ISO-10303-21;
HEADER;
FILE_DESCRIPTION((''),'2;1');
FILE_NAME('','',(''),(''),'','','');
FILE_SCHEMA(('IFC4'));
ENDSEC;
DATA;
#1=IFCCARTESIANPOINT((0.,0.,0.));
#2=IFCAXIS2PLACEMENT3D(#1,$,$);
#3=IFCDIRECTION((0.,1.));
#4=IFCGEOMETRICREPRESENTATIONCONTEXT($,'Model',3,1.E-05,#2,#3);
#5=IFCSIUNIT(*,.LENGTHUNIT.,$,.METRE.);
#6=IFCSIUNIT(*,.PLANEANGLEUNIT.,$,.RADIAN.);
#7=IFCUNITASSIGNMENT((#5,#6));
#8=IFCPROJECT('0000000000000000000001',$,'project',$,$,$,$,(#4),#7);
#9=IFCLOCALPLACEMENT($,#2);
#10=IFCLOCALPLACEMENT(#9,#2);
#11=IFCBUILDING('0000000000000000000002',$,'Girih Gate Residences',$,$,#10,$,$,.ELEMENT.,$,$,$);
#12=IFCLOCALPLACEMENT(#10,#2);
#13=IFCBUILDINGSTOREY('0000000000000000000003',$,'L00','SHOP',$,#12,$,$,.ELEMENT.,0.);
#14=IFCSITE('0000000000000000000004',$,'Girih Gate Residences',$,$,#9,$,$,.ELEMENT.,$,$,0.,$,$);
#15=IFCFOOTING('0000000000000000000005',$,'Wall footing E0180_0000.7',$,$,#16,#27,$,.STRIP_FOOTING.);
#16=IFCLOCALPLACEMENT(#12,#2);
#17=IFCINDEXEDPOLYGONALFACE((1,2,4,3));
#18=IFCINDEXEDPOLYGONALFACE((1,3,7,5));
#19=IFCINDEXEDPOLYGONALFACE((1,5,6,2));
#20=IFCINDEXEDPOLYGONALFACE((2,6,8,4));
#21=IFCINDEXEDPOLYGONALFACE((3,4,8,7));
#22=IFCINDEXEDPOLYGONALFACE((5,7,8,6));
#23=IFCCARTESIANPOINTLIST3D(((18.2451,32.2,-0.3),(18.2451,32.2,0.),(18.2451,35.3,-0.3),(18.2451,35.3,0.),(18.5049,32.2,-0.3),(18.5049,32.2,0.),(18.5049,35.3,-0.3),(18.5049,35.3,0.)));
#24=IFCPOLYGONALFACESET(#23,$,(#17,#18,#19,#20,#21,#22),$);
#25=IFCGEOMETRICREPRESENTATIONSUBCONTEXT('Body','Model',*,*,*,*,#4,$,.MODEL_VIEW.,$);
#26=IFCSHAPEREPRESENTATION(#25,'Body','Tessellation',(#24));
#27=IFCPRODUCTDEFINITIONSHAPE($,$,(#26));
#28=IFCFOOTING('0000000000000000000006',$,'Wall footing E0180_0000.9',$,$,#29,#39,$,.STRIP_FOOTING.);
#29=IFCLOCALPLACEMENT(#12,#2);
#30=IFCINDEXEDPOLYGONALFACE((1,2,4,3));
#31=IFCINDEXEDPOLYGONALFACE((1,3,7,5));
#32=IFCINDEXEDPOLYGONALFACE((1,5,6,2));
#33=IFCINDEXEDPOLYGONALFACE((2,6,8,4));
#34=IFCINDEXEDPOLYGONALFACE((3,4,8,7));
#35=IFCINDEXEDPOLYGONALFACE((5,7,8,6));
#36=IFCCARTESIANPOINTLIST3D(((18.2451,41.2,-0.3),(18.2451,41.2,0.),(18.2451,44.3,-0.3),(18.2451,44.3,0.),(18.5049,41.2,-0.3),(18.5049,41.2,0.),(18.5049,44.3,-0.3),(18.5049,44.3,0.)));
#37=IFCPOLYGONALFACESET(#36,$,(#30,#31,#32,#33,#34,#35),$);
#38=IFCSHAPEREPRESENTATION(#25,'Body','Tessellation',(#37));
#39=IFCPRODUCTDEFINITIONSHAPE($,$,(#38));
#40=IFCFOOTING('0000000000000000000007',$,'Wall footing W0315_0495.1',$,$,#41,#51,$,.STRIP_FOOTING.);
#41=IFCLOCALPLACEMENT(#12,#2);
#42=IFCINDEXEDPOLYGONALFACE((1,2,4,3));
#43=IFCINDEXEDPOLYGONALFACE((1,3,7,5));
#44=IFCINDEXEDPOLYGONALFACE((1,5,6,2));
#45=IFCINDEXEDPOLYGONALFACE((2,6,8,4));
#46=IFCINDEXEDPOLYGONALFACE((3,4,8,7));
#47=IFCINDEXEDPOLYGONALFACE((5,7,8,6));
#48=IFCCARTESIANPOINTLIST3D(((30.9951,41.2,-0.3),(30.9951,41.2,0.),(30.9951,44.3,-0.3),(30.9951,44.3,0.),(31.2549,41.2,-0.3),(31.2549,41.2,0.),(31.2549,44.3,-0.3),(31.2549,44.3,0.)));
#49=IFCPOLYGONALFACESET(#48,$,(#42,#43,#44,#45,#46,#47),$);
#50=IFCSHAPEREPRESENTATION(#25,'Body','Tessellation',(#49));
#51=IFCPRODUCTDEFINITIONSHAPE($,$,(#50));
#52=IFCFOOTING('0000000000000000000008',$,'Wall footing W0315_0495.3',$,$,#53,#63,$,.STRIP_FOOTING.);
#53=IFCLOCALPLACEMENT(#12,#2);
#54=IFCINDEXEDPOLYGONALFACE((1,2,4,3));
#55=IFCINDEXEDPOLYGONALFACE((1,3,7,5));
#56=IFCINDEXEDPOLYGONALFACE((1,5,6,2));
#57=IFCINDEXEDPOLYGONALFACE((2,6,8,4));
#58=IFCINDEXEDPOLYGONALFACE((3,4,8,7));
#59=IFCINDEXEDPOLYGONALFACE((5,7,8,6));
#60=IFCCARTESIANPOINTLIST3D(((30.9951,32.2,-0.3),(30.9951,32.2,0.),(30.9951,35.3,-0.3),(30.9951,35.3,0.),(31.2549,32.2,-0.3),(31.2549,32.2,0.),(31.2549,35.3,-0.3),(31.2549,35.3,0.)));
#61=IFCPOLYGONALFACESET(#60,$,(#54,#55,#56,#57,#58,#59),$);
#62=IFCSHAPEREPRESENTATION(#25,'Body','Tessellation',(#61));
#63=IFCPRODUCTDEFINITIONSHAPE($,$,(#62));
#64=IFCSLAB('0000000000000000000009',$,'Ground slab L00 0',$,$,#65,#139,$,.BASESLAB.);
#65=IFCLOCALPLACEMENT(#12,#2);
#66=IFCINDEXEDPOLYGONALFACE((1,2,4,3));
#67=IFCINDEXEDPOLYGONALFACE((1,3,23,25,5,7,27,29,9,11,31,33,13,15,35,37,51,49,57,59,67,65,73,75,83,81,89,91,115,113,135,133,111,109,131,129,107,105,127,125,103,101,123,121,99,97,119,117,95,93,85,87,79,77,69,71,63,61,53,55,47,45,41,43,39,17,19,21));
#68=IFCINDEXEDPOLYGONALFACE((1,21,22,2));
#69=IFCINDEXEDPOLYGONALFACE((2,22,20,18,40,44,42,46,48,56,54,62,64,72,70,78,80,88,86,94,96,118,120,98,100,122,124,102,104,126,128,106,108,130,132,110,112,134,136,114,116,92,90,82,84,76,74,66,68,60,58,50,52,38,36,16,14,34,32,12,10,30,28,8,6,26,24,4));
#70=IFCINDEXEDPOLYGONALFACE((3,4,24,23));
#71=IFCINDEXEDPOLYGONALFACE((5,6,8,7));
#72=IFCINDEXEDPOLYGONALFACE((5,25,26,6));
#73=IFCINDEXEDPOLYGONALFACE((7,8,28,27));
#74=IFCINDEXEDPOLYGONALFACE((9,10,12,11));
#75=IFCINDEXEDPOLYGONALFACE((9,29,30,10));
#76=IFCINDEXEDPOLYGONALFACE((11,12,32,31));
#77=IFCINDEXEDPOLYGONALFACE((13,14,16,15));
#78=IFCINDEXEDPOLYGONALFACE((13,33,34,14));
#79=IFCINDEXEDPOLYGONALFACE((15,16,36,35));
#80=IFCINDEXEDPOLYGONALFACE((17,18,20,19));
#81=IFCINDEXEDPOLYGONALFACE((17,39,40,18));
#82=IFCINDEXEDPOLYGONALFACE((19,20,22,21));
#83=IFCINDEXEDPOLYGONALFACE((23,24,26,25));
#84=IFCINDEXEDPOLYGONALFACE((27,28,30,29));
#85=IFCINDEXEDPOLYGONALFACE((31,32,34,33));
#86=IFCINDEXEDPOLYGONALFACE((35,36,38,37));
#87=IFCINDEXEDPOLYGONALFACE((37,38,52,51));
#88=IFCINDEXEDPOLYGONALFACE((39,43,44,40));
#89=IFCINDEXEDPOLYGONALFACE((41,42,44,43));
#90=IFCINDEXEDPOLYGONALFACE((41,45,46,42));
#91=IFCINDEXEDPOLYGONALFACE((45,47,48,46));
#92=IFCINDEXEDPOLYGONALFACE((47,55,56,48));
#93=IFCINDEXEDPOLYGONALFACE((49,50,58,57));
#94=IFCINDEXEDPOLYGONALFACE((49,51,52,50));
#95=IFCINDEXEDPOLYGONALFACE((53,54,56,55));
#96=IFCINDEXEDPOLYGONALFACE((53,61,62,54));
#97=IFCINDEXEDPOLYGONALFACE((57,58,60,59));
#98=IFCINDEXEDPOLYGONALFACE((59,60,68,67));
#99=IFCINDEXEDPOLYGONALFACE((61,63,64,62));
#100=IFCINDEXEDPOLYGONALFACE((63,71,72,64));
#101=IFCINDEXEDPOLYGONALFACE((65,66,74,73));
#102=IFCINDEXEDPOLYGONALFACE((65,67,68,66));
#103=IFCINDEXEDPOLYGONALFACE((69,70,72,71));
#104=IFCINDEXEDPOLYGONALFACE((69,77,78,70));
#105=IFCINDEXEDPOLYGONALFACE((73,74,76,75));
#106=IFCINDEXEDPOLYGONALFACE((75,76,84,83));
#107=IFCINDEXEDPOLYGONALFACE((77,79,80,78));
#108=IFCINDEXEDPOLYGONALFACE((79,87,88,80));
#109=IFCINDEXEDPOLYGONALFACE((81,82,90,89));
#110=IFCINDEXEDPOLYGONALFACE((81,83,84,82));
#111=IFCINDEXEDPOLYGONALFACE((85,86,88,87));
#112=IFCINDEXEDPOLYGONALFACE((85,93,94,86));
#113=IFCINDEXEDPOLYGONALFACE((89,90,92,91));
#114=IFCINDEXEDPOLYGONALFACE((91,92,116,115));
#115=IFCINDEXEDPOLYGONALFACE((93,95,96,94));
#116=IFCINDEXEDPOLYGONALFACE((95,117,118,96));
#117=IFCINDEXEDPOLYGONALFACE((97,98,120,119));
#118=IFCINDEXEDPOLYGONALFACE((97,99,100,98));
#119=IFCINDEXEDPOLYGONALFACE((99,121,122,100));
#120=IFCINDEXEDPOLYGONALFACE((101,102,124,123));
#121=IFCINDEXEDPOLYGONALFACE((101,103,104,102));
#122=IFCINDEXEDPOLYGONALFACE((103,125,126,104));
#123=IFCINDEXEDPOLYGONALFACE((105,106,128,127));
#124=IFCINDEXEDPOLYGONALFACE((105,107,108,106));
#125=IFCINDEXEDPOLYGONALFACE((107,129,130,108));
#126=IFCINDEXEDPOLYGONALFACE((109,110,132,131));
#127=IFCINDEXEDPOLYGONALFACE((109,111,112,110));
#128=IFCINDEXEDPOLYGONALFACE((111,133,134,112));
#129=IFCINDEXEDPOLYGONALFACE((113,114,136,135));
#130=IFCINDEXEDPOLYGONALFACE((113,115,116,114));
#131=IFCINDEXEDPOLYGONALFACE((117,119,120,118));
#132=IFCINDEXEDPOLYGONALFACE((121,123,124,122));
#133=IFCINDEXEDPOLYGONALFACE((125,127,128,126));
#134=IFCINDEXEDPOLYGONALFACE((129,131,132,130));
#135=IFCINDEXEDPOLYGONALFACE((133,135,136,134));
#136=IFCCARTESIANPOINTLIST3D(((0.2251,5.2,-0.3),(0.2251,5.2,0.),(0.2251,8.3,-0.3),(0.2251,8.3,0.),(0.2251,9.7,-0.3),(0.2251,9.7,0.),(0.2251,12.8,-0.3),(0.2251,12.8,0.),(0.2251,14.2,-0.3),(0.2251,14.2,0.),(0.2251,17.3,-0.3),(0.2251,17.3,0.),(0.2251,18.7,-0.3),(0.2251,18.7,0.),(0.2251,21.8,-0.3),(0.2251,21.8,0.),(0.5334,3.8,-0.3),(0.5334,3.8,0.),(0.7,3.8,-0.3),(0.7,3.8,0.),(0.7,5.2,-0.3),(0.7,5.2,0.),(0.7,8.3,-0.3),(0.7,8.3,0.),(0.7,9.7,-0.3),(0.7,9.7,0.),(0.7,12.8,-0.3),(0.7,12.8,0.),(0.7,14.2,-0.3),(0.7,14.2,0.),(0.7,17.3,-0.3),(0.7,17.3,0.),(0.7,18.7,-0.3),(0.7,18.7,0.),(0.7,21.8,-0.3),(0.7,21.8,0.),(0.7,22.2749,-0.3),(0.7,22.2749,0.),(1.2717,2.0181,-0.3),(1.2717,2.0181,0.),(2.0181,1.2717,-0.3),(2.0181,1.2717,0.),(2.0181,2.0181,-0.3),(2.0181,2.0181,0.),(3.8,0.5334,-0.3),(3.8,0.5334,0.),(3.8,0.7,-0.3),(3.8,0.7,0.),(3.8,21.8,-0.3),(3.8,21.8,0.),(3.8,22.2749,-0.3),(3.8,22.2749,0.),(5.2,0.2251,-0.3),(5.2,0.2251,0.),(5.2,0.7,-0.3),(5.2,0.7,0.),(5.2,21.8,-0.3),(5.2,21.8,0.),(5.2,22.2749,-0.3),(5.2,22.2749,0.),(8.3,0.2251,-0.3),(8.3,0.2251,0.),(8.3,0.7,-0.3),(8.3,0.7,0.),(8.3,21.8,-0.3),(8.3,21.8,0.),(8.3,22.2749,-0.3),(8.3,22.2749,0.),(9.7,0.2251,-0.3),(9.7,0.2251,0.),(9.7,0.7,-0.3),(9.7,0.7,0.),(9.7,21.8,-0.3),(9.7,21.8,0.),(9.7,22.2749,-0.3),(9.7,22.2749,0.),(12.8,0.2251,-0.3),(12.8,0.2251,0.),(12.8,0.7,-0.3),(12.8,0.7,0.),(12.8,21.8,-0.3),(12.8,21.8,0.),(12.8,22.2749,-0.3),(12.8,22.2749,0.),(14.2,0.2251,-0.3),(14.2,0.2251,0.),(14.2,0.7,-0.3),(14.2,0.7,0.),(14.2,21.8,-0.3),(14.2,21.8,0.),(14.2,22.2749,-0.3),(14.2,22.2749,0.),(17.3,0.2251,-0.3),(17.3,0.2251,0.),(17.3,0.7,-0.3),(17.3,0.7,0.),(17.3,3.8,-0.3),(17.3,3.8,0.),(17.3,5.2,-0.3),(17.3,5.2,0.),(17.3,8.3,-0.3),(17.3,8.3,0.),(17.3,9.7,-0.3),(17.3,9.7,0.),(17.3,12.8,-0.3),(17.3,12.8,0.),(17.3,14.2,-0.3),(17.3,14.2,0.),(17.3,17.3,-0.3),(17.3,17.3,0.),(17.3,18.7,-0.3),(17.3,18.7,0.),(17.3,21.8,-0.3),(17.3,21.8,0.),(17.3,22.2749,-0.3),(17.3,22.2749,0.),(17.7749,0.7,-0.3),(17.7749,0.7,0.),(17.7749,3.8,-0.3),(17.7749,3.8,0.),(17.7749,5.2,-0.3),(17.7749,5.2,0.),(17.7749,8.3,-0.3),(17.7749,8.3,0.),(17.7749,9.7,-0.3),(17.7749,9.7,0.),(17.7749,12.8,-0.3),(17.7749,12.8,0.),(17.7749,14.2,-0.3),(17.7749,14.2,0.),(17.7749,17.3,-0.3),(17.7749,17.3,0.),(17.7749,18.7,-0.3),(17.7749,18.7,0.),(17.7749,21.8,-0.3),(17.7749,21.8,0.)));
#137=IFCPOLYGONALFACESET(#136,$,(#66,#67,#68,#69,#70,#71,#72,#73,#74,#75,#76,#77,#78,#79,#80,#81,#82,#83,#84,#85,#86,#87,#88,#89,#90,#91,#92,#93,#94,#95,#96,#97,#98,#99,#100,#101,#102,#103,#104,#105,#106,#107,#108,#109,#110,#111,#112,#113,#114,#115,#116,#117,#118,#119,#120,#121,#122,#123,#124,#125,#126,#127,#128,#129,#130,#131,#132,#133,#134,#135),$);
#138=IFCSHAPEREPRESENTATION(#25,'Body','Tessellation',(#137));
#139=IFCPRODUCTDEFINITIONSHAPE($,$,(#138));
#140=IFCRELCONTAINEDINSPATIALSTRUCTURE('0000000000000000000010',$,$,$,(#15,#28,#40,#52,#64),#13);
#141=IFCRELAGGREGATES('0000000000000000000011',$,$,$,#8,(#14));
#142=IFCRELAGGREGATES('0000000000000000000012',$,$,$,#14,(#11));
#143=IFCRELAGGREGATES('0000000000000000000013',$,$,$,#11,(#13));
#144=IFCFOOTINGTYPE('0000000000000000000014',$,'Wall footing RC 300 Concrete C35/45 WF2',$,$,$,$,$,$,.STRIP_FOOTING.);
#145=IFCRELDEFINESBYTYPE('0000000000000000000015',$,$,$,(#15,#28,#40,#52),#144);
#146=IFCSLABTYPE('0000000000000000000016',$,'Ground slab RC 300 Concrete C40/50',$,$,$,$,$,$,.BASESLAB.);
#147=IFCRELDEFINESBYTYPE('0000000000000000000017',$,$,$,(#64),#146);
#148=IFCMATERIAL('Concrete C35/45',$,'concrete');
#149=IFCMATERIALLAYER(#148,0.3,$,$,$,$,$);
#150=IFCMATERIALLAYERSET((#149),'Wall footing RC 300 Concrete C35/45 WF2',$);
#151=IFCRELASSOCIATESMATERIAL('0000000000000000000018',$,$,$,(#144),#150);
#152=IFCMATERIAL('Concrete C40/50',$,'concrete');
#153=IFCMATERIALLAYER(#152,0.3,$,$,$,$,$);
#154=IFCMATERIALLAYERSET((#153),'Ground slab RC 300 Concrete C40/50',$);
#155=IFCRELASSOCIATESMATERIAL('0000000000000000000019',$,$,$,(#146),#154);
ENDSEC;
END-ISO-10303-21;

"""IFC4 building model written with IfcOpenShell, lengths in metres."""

from ifc_helpers import new_model, si_unit, direction, frame, origin, place, context, subcontext, project, spatial, polyline, outline, extrude, material, layer, layer_set, type_object, element, save


model = new_model("IFC4")

# Units and contexts
model_context = context("Model", 3, precision=1e-05, world=origin(), true_north=direction((0.0, 1.0)))
body_context = subcontext(model_context, "Body", "Model", "MODEL_VIEW")
ifc_project = project(units=[si_unit("LENGTHUNIT", "METRE"), si_unit("PLANEANGLEUNIT", "RADIAN")], contexts=[model_context])

# Site, building, storey
site_placement = place(None, origin())
site = spatial("IfcSite", under=ifc_project, at=site_placement, Name="Girih Gate Residences", CompositionType="ELEMENT", RefElevation=0.0)
building_placement = place(site_placement, origin())
building = spatial("IfcBuilding", under=site, at=building_placement, Name="Girih Gate Residences", CompositionType="ELEMENT")
storey_placement = place(building_placement, origin())
storey = spatial("IfcBuildingStorey", under=building, at=storey_placement, Name="L00", Description="SHOP", CompositionType="ELEMENT", Elevation=0.0)

# Footings
ifc_material_1 = material(Name="Concrete C40/50", Category="concrete")
ifc_material_2 = material(Name="Concrete C35/45", Category="concrete")
ifc_layer_1 = layer(ifc_material_2, 0.3)
ifc_layer_set_1 = layer_set([ifc_layer_1], Name="Wall footing RC 300 Concrete C35/45 WF2")
footing_type_1 = type_object("IfcFootingType", Name="Wall footing RC 300 Concrete C35/45 WF2", PredefinedType="STRIP_FOOTING", material=ifc_layer_set_1)
footing_1_placement = place(storey_placement, frame((0.0, 0.0, -0.3)))
element("IfcFooting", 1, at=footing_1_placement, inside=storey, type_object=footing_type_1, Name="Wall footing E0180_0000.7", PredefinedType="STRIP_FOOTING", context=body_context, shape_type="SweptSolid", body=[
    extrude(outline(polyline([(18.2451, 35.3), (18.2451, 32.2), (18.5049, 32.2), (18.5049, 35.3), (18.2451, 35.3)])), origin(), (0.0, 0.0, 1.0), 0.3),
])
footing_2_placement = place(storey_placement, frame((0.0, 0.0, -0.3)))
element("IfcFooting", 2, at=footing_2_placement, inside=storey, type_object=footing_type_1, Name="Wall footing E0180_0000.9", PredefinedType="STRIP_FOOTING", context=body_context, shape_type="SweptSolid", body=[
    extrude(outline(polyline([(18.2451, 44.3), (18.2451, 41.2), (18.5049, 41.2), (18.5049, 44.3), (18.2451, 44.3)])), origin(), (0.0, 0.0, 1.0), 0.3),
])
footing_3_placement = place(storey_placement, frame((0.0, 0.0, -0.3)))
element("IfcFooting", 3, at=footing_3_placement, inside=storey, type_object=footing_type_1, Name="Wall footing W0315_0495.1", PredefinedType="STRIP_FOOTING", context=body_context, shape_type="SweptSolid", body=[
    extrude(outline(polyline([(31.2549, 41.2), (31.2549, 44.3), (30.9951, 44.3), (30.9951, 41.2), (31.2549, 41.2)])), origin(), (0.0, 0.0, 1.0), 0.3),
])
footing_4_placement = place(storey_placement, frame((0.0, 0.0, -0.3)))
element("IfcFooting", 4, at=footing_4_placement, inside=storey, type_object=footing_type_1, Name="Wall footing W0315_0495.3", PredefinedType="STRIP_FOOTING", context=body_context, shape_type="SweptSolid", body=[
    extrude(outline(polyline([(31.2549, 32.2), (31.2549, 35.3), (30.9951, 35.3), (30.9951, 32.2), (31.2549, 32.2)])), origin(), (0.0, 0.0, 1.0), 0.3),
])

# Slab
ifc_layer_2 = layer(ifc_material_1, 0.3)
ifc_layer_set_2 = layer_set([ifc_layer_2], Name="Ground slab RC 300 Concrete C40/50")
slab_type_1 = type_object("IfcSlabType", Name="Ground slab RC 300 Concrete C40/50", PredefinedType="BASESLAB", material=ifc_layer_set_2)
slab_1_placement = place(storey_placement, frame((0.0, 0.0, -0.3)))
element("IfcSlab", 5, at=slab_1_placement, inside=storey, type_object=slab_type_1, Name="Ground slab L00 0", PredefinedType="BASESLAB", context=body_context, shape_type="SweptSolid", body=[
    extrude(outline(polyline([(14.2, 0.2251), (17.3, 0.2251), (17.3, 0.7), (17.7749, 0.7), (17.7749, 3.8), (17.3, 3.8), (17.3, 5.2), (17.7749, 5.2), (17.7749, 8.3), (17.3, 8.3), (17.3, 9.7), (17.7749, 9.7), (17.7749, 12.8), (17.3, 12.8), (17.3, 14.2), (17.7749, 14.2), (17.7749, 17.3), (17.3, 17.3), (17.3, 18.7), (17.7749, 18.7), (17.7749, 21.8), (17.3, 21.8), (17.3, 22.2749), (14.2, 22.2749), (14.2, 21.8), (12.8, 21.8), (12.8, 22.2749), (9.7, 22.2749), (9.7, 21.8), (8.3, 21.8), (8.3, 22.2749), (5.2, 22.2749), (5.2, 21.8), (3.8, 21.8), (3.8, 22.2749), (0.7, 22.2749), (0.7, 21.8), (0.2251, 21.8), (0.2251, 18.7), (0.7, 18.7), (0.7, 17.3), (0.2251, 17.3), (0.2251, 14.2), (0.7, 14.2), (0.7, 12.8), (0.2251, 12.8), (0.2251, 9.7), (0.7, 9.7), (0.7, 8.3), (0.2251, 8.3), (0.2251, 5.2), (0.7, 5.2), (0.7, 3.8), (0.5334, 3.8), (1.2717, 2.0181), (2.0181, 2.0181), (2.0181, 1.2717), (3.8, 0.5334), (3.8, 0.7), (5.2, 0.7), (5.2, 0.2251), (8.3, 0.2251), (8.3, 0.7), (9.7, 0.7), (9.7, 0.2251), (12.8, 0.2251), (12.8, 0.7), (14.2, 0.7), (14.2, 0.2251)])), origin(), (0.0, 0.0, 1.0), 0.3),
])

save(model, "model.ifc")
